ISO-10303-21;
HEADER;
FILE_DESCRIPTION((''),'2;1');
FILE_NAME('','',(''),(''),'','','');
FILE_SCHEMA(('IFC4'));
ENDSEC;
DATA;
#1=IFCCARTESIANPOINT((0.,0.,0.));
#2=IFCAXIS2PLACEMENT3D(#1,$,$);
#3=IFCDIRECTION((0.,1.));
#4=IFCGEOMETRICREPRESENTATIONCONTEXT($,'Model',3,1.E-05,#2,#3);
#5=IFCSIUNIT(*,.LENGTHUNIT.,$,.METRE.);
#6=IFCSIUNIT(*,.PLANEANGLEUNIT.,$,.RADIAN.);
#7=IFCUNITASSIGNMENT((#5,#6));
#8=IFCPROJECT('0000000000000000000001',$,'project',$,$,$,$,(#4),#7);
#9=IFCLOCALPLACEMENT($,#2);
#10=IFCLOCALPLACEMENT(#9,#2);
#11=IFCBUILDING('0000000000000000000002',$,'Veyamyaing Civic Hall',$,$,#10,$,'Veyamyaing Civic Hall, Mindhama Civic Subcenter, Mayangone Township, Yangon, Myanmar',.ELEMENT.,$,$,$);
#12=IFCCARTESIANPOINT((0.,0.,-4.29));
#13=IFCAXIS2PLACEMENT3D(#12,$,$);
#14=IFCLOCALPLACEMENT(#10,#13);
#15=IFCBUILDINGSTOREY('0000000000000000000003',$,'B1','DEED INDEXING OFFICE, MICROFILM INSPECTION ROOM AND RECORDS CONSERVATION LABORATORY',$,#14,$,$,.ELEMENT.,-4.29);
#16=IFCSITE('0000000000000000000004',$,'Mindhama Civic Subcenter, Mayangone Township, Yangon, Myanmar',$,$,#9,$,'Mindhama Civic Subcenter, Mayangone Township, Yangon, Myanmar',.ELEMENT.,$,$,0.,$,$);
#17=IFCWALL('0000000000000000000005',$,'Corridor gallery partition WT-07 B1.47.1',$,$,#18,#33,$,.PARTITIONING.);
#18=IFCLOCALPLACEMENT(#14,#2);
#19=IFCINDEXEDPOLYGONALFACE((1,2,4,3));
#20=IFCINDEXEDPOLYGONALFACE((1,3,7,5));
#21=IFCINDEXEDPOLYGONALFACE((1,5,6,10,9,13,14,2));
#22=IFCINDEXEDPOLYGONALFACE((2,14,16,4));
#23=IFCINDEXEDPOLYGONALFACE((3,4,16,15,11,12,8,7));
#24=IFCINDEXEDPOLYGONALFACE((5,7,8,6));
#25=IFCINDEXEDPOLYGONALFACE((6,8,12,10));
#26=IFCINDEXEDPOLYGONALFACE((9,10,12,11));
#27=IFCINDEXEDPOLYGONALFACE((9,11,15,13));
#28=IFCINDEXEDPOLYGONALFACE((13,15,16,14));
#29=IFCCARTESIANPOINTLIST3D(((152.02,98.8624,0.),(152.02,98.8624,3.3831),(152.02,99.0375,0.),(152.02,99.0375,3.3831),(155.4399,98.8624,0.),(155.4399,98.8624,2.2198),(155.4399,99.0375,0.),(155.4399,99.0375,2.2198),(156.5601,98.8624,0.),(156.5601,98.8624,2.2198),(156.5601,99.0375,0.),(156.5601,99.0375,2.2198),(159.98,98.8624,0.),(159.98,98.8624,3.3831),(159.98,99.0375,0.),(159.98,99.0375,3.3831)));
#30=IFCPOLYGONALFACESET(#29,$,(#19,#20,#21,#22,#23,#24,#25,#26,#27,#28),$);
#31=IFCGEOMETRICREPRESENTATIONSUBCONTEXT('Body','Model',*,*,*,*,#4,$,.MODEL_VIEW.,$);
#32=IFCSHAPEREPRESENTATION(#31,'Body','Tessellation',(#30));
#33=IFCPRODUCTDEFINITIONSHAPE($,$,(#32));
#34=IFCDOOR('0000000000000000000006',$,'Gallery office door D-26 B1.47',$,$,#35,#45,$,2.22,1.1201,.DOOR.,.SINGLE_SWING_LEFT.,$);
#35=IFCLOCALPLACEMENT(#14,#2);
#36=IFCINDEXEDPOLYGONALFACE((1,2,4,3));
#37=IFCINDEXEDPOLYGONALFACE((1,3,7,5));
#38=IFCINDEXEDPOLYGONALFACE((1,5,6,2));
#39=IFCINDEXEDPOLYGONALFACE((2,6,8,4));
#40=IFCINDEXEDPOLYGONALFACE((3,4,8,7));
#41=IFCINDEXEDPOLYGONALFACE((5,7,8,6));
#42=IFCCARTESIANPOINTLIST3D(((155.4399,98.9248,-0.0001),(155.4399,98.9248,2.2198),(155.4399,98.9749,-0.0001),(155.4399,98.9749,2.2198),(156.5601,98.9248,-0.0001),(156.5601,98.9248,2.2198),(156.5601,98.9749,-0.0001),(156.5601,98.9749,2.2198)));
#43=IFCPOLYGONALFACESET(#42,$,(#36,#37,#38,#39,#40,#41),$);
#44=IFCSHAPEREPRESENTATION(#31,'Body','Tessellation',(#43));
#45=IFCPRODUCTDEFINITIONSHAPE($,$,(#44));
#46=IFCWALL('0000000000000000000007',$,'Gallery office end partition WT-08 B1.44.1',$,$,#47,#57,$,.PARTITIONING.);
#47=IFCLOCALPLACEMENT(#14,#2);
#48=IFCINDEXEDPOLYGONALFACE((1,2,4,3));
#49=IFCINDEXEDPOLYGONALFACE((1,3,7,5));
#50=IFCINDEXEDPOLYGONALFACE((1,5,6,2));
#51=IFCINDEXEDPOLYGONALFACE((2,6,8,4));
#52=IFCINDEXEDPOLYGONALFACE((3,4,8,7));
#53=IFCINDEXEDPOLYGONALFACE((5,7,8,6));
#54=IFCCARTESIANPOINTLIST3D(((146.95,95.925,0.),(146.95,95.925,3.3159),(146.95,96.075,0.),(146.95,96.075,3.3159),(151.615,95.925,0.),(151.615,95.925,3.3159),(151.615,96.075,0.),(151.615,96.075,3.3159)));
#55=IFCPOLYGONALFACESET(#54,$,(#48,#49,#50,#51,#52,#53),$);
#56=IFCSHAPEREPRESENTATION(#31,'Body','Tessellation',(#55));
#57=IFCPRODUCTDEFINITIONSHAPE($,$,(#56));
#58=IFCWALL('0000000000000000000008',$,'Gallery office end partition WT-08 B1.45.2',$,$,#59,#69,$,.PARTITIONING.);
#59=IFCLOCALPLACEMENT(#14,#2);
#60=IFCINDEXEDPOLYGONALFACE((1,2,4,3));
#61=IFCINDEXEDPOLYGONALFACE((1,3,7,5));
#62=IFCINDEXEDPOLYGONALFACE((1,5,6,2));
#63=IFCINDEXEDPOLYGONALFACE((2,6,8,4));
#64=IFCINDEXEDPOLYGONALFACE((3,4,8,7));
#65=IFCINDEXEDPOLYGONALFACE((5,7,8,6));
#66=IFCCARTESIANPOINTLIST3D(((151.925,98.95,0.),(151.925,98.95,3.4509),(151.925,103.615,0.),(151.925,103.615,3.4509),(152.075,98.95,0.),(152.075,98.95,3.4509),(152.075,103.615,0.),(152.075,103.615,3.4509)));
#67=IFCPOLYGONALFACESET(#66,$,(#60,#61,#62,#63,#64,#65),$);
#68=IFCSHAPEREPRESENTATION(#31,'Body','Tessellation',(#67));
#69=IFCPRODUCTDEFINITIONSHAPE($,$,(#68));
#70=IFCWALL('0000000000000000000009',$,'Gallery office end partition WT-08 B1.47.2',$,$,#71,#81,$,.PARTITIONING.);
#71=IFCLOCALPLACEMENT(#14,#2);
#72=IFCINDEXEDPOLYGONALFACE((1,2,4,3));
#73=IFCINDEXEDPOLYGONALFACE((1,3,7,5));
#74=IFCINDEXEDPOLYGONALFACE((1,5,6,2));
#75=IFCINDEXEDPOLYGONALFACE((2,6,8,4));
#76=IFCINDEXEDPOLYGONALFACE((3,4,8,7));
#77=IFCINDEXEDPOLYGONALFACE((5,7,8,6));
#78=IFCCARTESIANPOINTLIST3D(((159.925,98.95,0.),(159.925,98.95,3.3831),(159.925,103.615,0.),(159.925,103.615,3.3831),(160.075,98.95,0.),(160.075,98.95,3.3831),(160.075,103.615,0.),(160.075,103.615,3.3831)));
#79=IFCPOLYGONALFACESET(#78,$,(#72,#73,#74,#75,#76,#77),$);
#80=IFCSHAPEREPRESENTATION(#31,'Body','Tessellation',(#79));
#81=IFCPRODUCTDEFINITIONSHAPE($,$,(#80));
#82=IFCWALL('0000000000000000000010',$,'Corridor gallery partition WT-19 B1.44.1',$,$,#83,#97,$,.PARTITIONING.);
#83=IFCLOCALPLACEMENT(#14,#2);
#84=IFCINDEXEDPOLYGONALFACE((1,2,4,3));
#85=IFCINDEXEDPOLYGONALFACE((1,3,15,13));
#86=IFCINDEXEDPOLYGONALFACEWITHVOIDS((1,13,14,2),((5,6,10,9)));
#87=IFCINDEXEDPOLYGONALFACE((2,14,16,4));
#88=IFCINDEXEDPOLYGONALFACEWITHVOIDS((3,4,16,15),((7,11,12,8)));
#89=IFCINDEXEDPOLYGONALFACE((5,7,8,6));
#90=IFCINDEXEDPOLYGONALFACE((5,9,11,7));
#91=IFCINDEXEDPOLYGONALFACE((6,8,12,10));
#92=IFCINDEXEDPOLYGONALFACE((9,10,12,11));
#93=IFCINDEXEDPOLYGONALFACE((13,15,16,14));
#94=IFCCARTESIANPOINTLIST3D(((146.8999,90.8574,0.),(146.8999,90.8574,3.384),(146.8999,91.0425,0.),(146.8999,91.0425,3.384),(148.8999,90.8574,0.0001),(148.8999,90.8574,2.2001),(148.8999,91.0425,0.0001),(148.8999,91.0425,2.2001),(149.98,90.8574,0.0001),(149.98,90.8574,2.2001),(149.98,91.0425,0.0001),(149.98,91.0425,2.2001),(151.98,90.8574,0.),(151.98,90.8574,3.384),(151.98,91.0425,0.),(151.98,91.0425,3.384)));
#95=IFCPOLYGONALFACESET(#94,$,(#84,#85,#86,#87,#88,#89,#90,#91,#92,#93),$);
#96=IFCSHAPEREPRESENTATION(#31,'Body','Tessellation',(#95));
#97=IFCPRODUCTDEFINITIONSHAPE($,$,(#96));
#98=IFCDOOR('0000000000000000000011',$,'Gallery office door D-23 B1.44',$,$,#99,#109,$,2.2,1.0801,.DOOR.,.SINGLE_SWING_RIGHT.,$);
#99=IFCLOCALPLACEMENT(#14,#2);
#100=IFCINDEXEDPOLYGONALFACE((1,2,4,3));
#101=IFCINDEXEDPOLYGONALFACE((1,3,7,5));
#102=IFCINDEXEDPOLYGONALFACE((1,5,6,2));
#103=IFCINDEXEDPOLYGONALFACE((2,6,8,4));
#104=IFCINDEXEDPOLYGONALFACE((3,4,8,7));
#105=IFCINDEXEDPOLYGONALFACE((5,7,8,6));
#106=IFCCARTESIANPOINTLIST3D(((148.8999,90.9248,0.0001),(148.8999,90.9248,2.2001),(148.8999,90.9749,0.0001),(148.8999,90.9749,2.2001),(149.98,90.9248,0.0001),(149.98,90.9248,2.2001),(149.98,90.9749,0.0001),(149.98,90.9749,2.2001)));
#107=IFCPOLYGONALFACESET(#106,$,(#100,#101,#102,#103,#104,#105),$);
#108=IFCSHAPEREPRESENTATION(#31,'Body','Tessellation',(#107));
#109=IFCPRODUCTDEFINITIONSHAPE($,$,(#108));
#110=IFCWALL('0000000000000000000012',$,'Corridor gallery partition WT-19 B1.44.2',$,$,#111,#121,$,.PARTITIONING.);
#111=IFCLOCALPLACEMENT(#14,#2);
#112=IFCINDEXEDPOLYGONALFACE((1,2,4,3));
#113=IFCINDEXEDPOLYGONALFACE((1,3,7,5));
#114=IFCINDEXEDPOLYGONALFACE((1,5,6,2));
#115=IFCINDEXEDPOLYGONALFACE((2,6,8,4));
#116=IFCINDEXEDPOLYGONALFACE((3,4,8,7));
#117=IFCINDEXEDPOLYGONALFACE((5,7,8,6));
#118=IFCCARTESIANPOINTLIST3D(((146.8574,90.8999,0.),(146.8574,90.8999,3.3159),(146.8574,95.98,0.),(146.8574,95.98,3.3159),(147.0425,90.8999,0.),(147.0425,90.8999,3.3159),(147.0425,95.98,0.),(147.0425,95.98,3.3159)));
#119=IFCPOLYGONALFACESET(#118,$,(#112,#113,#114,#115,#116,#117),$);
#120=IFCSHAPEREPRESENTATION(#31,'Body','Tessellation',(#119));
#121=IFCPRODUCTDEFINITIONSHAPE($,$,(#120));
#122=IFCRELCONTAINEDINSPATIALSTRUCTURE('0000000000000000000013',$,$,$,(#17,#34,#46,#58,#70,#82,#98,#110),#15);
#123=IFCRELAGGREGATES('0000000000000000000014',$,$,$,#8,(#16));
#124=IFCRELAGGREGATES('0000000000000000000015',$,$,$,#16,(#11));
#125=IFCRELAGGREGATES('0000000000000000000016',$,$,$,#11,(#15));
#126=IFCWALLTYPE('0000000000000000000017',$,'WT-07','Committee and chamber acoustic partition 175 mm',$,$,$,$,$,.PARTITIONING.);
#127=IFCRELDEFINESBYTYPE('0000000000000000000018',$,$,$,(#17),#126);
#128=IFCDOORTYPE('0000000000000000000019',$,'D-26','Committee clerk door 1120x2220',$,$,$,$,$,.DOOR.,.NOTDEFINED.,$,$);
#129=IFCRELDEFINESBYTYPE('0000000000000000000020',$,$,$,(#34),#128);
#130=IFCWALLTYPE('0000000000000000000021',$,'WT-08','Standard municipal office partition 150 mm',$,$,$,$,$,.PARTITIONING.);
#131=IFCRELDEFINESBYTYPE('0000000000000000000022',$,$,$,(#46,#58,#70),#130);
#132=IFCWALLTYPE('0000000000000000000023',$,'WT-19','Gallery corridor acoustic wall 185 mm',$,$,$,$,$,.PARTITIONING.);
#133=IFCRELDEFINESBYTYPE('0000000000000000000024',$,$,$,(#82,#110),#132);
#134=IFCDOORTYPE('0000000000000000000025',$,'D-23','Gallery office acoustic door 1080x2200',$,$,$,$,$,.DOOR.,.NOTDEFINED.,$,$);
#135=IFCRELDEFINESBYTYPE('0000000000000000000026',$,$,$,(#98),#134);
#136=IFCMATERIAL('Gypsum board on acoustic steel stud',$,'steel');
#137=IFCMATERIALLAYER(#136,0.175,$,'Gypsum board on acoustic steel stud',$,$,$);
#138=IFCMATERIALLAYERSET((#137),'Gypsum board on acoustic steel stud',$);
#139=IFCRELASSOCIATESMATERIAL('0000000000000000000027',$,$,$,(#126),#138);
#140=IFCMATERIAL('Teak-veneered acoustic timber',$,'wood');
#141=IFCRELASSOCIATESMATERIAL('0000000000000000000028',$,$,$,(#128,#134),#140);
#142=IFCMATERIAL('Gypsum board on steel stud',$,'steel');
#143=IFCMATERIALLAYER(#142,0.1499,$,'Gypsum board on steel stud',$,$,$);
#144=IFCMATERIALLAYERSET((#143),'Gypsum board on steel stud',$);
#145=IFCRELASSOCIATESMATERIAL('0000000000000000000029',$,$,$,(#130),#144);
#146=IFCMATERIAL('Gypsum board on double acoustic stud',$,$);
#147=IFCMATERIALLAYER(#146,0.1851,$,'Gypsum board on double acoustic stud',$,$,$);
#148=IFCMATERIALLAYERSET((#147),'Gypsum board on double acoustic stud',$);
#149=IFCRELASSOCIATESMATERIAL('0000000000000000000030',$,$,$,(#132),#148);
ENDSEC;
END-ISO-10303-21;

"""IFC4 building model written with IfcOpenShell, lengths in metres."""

from ifc_helpers import new_model, si_unit, direction, frame, frame_2d, origin, place, context, subcontext, project, spatial, rectangle, extrude, material, layer, layer_set, type_object, element, fill, save


model = new_model("IFC4")

# Units and contexts
model_context = context("Model", 3, precision=1e-05, world=origin(), true_north=direction((0.0, 1.0)))
body_context = subcontext(model_context, "Body", "Model", "MODEL_VIEW")
ifc_project = project(units=[si_unit("LENGTHUNIT", "METRE"), si_unit("PLANEANGLEUNIT", "RADIAN")], contexts=[model_context])

# Site, building, storey
site_placement = place(None, origin())
site = spatial("IfcSite", under=ifc_project, at=site_placement, Name="Mindhama Civic Subcenter, Mayangone Township, Yangon, Myanmar", LongName="Mindhama Civic Subcenter, Mayangone Township, Yangon, Myanmar", CompositionType="ELEMENT", RefElevation=0.0)
building_placement = place(site_placement, origin())
building = spatial("IfcBuilding", under=site, at=building_placement, Name="Veyamyaing Civic Hall", LongName="Veyamyaing Civic Hall, Mindhama Civic Subcenter, Mayangone Township, Yangon, Myanmar", CompositionType="ELEMENT")
storey_placement = place(building_placement, frame((0.0, 0.0, -4.29)))
storey = spatial("IfcBuildingStorey", under=building, at=storey_placement, Name="B1", Description="DEED INDEXING OFFICE, MICROFILM INSPECTION ROOM AND RECORDS CONSERVATION LABORATORY", CompositionType="ELEMENT", Elevation=-4.29)

# Shared definitions
ifc_material_1 = material(Name="Gypsum board on acoustic steel stud", Category="steel")
ifc_layer_1 = layer(ifc_material_1, 0.175, Name="Gypsum board on acoustic steel stud")
ifc_layer_set_1 = layer_set([ifc_layer_1], Name="Gypsum board on acoustic steel stud")
wall_type_1 = type_object("IfcWallType", Name="WT-07", Description="Committee and chamber acoustic partition 175 mm", PredefinedType="PARTITIONING", material=ifc_layer_set_1)
ifc_material_2 = material(Name="Teak-veneered acoustic timber", Category="wood")

# Wall, opening, door
wall_1_placement = place(storey_placement, frame((152.02, 98.95, 0.0), z_axis=(0.0, 0.0, 1.0), x_axis=(1.0, 0.0, 0.0)))
wall_1 = element("IfcWall", 1, at=wall_1_placement, inside=storey, type_object=wall_type_1, Name="Corridor gallery partition WT-07 B1.47.1", PredefinedType="PARTITIONING", context=body_context, shape_type="SweptSolid", body=[
    extrude(rectangle(XDim=7.96, YDim=0.175, at=frame_2d((3.98, 0.0))), origin(), (0.0, 0.0, 1.0), 3.3831),
])
opening_1_placement = place(wall_1_placement, frame((3.4199, 0.0, 0.0)))
opening_1 = element("IfcOpeningElement", 2, at=opening_1_placement, cuts=wall_1, PredefinedType="OPENING", context=body_context, shape_type="SweptSolid", body=[
    extrude(rectangle(XDim=1.1201, YDim=2.22, at=frame_2d((0.5601, 1.1099))), frame((0.0, 0.0974, 0.0), z_axis=(0.0, -1.0, 0.0), x_axis=(1.0, 0.0, 0.0)), (0.0, 0.0, 1.0), 0.1951),
])
door_type_1 = type_object("IfcDoorType", Name="D-26", Description="Committee clerk door 1120x2220", OperationType="NOTDEFINED", PredefinedType="DOOR", material=ifc_material_2)
door_1_placement = place(opening_1_placement, origin())
door_1 = element("IfcDoor", 3, at=door_1_placement, inside=storey, type_object=door_type_1, Name="Gallery office door D-26 B1.47", OperationType="SINGLE_SWING_LEFT", OverallHeight=2.22, OverallWidth=1.1201, PredefinedType="DOOR", context=body_context, shape_type="SweptSolid", body=[
    extrude(rectangle(XDim=1.1201, YDim=2.22, at=frame_2d((0.5601, 1.1099))), frame((0.0, 0.0249, 0.0), z_axis=(0.0, -1.0, 0.0), x_axis=(1.0, 0.0, 0.0)), (0.0, 0.0, 1.0), 0.05),
])
fill(opening_1, door_1)

# Walls
ifc_material_3 = material(Name="Gypsum board on steel stud", Category="steel")
ifc_layer_2 = layer(ifc_material_3, 0.1499, Name="Gypsum board on steel stud")
ifc_layer_set_2 = layer_set([ifc_layer_2], Name="Gypsum board on steel stud")
wall_type_2 = type_object("IfcWallType", Name="WT-08", Description="Standard municipal office partition 150 mm", PredefinedType="PARTITIONING", material=ifc_layer_set_2)
wall_2_placement = place(storey_placement, frame((146.95, 96.0, 0.0), z_axis=(0.0, 0.0, 1.0), x_axis=(1.0, 0.0, 0.0)))
element("IfcWall", 4, at=wall_2_placement, inside=storey, type_object=wall_type_2, Name="Gallery office end partition WT-08 B1.44.1", PredefinedType="PARTITIONING", context=body_context, shape_type="SweptSolid", body=[
    extrude(rectangle(XDim=4.665, YDim=0.1499, at=frame_2d((2.3325, 0.0))), origin(), (0.0, 0.0, 1.0), 3.3159),
])
wall_3_placement = place(storey_placement, frame((152.0, 98.95, 0.0), z_axis=(0.0, 0.0, 1.0), x_axis=(0.0, 1.0, 0.0)))
element("IfcWall", 5, at=wall_3_placement, inside=storey, type_object=wall_type_2, Name="Gallery office end partition WT-08 B1.45.2", PredefinedType="PARTITIONING", context=body_context, shape_type="SweptSolid", body=[
    extrude(rectangle(XDim=4.665, YDim=0.1499, at=frame_2d((2.3325, 0.0))), origin(), (0.0, 0.0, 1.0), 3.4509),
])
wall_4_placement = place(storey_placement, frame((160.0, 98.95, 0.0), z_axis=(0.0, 0.0, 1.0), x_axis=(0.0, 1.0, 0.0)))
element("IfcWall", 6, at=wall_4_placement, inside=storey, type_object=wall_type_2, Name="Gallery office end partition WT-08 B1.47.2", PredefinedType="PARTITIONING", context=body_context, shape_type="SweptSolid", body=[
    extrude(rectangle(XDim=4.665, YDim=0.1499, at=frame_2d((2.3325, 0.0))), origin(), (0.0, 0.0, 1.0), 3.3831),
])

# Wall, opening, door
ifc_material_4 = material(Name="Gypsum board on double acoustic stud")
ifc_layer_3 = layer(ifc_material_4, 0.1851, Name="Gypsum board on double acoustic stud")
ifc_layer_set_3 = layer_set([ifc_layer_3], Name="Gypsum board on double acoustic stud")
wall_type_3 = type_object("IfcWallType", Name="WT-19", Description="Gallery corridor acoustic wall 185 mm", PredefinedType="PARTITIONING", material=ifc_layer_set_3)
wall_5_placement = place(storey_placement, frame((146.8999, 90.95, 0.0), z_axis=(0.0, 0.0, 1.0), x_axis=(1.0, 0.0, 0.0)))
wall_5 = element("IfcWall", 7, at=wall_5_placement, inside=storey, type_object=wall_type_3, Name="Corridor gallery partition WT-19 B1.44.1", PredefinedType="PARTITIONING", context=body_context, shape_type="SweptSolid", body=[
    extrude(rectangle(XDim=5.0801, YDim=0.1851, at=frame_2d((2.54, 0.0))), origin(), (0.0, 0.0, 1.0), 3.384),
])
opening_2_placement = place(wall_5_placement, frame((2.0, 0.0, 0.0)))
opening_2 = element("IfcOpeningElement", 8, at=opening_2_placement, cuts=wall_5, PredefinedType="OPENING", context=body_context, shape_type="SweptSolid", body=[
    extrude(rectangle(XDim=1.0801, YDim=2.2, at=frame_2d((0.54, 1.1001))), frame((0.0, 0.1025, 0.0), z_axis=(0.0, -1.0, 0.0), x_axis=(1.0, 0.0, 0.0)), (0.0, 0.0, 1.0), 0.2051),
])
door_type_2 = type_object("IfcDoorType", Name="D-23", Description="Gallery office acoustic door 1080x2200", OperationType="NOTDEFINED", PredefinedType="DOOR", material=ifc_material_2)
door_2_placement = place(opening_2_placement, origin())
door_2 = element("IfcDoor", 9, at=door_2_placement, inside=storey, type_object=door_type_2, Name="Gallery office door D-23 B1.44", OperationType="SINGLE_SWING_RIGHT", OverallHeight=2.2, OverallWidth=1.0801, PredefinedType="DOOR", context=body_context, shape_type="SweptSolid", body=[
    extrude(rectangle(XDim=1.0801, YDim=2.2, at=frame_2d((0.54, 1.1001))), frame((0.0, 0.0249, 0.0), z_axis=(0.0, -1.0, 0.0), x_axis=(1.0, 0.0, 0.0)), (0.0, 0.0, 1.0), 0.05),
])
fill(opening_2, door_2)

# Wall
wall_6_placement = place(storey_placement, frame((146.95, 90.8999, 0.0), z_axis=(0.0, 0.0, 1.0), x_axis=(0.0, 1.0, 0.0)))
element("IfcWall", 10, at=wall_6_placement, inside=storey, type_object=wall_type_3, Name="Corridor gallery partition WT-19 B1.44.2", PredefinedType="PARTITIONING", context=body_context, shape_type="SweptSolid", body=[
    extrude(rectangle(XDim=5.0801, YDim=0.1851, at=frame_2d((2.54, 0.0))), origin(), (0.0, 0.0, 1.0), 3.3159),
])

save(model, "model.ifc")
